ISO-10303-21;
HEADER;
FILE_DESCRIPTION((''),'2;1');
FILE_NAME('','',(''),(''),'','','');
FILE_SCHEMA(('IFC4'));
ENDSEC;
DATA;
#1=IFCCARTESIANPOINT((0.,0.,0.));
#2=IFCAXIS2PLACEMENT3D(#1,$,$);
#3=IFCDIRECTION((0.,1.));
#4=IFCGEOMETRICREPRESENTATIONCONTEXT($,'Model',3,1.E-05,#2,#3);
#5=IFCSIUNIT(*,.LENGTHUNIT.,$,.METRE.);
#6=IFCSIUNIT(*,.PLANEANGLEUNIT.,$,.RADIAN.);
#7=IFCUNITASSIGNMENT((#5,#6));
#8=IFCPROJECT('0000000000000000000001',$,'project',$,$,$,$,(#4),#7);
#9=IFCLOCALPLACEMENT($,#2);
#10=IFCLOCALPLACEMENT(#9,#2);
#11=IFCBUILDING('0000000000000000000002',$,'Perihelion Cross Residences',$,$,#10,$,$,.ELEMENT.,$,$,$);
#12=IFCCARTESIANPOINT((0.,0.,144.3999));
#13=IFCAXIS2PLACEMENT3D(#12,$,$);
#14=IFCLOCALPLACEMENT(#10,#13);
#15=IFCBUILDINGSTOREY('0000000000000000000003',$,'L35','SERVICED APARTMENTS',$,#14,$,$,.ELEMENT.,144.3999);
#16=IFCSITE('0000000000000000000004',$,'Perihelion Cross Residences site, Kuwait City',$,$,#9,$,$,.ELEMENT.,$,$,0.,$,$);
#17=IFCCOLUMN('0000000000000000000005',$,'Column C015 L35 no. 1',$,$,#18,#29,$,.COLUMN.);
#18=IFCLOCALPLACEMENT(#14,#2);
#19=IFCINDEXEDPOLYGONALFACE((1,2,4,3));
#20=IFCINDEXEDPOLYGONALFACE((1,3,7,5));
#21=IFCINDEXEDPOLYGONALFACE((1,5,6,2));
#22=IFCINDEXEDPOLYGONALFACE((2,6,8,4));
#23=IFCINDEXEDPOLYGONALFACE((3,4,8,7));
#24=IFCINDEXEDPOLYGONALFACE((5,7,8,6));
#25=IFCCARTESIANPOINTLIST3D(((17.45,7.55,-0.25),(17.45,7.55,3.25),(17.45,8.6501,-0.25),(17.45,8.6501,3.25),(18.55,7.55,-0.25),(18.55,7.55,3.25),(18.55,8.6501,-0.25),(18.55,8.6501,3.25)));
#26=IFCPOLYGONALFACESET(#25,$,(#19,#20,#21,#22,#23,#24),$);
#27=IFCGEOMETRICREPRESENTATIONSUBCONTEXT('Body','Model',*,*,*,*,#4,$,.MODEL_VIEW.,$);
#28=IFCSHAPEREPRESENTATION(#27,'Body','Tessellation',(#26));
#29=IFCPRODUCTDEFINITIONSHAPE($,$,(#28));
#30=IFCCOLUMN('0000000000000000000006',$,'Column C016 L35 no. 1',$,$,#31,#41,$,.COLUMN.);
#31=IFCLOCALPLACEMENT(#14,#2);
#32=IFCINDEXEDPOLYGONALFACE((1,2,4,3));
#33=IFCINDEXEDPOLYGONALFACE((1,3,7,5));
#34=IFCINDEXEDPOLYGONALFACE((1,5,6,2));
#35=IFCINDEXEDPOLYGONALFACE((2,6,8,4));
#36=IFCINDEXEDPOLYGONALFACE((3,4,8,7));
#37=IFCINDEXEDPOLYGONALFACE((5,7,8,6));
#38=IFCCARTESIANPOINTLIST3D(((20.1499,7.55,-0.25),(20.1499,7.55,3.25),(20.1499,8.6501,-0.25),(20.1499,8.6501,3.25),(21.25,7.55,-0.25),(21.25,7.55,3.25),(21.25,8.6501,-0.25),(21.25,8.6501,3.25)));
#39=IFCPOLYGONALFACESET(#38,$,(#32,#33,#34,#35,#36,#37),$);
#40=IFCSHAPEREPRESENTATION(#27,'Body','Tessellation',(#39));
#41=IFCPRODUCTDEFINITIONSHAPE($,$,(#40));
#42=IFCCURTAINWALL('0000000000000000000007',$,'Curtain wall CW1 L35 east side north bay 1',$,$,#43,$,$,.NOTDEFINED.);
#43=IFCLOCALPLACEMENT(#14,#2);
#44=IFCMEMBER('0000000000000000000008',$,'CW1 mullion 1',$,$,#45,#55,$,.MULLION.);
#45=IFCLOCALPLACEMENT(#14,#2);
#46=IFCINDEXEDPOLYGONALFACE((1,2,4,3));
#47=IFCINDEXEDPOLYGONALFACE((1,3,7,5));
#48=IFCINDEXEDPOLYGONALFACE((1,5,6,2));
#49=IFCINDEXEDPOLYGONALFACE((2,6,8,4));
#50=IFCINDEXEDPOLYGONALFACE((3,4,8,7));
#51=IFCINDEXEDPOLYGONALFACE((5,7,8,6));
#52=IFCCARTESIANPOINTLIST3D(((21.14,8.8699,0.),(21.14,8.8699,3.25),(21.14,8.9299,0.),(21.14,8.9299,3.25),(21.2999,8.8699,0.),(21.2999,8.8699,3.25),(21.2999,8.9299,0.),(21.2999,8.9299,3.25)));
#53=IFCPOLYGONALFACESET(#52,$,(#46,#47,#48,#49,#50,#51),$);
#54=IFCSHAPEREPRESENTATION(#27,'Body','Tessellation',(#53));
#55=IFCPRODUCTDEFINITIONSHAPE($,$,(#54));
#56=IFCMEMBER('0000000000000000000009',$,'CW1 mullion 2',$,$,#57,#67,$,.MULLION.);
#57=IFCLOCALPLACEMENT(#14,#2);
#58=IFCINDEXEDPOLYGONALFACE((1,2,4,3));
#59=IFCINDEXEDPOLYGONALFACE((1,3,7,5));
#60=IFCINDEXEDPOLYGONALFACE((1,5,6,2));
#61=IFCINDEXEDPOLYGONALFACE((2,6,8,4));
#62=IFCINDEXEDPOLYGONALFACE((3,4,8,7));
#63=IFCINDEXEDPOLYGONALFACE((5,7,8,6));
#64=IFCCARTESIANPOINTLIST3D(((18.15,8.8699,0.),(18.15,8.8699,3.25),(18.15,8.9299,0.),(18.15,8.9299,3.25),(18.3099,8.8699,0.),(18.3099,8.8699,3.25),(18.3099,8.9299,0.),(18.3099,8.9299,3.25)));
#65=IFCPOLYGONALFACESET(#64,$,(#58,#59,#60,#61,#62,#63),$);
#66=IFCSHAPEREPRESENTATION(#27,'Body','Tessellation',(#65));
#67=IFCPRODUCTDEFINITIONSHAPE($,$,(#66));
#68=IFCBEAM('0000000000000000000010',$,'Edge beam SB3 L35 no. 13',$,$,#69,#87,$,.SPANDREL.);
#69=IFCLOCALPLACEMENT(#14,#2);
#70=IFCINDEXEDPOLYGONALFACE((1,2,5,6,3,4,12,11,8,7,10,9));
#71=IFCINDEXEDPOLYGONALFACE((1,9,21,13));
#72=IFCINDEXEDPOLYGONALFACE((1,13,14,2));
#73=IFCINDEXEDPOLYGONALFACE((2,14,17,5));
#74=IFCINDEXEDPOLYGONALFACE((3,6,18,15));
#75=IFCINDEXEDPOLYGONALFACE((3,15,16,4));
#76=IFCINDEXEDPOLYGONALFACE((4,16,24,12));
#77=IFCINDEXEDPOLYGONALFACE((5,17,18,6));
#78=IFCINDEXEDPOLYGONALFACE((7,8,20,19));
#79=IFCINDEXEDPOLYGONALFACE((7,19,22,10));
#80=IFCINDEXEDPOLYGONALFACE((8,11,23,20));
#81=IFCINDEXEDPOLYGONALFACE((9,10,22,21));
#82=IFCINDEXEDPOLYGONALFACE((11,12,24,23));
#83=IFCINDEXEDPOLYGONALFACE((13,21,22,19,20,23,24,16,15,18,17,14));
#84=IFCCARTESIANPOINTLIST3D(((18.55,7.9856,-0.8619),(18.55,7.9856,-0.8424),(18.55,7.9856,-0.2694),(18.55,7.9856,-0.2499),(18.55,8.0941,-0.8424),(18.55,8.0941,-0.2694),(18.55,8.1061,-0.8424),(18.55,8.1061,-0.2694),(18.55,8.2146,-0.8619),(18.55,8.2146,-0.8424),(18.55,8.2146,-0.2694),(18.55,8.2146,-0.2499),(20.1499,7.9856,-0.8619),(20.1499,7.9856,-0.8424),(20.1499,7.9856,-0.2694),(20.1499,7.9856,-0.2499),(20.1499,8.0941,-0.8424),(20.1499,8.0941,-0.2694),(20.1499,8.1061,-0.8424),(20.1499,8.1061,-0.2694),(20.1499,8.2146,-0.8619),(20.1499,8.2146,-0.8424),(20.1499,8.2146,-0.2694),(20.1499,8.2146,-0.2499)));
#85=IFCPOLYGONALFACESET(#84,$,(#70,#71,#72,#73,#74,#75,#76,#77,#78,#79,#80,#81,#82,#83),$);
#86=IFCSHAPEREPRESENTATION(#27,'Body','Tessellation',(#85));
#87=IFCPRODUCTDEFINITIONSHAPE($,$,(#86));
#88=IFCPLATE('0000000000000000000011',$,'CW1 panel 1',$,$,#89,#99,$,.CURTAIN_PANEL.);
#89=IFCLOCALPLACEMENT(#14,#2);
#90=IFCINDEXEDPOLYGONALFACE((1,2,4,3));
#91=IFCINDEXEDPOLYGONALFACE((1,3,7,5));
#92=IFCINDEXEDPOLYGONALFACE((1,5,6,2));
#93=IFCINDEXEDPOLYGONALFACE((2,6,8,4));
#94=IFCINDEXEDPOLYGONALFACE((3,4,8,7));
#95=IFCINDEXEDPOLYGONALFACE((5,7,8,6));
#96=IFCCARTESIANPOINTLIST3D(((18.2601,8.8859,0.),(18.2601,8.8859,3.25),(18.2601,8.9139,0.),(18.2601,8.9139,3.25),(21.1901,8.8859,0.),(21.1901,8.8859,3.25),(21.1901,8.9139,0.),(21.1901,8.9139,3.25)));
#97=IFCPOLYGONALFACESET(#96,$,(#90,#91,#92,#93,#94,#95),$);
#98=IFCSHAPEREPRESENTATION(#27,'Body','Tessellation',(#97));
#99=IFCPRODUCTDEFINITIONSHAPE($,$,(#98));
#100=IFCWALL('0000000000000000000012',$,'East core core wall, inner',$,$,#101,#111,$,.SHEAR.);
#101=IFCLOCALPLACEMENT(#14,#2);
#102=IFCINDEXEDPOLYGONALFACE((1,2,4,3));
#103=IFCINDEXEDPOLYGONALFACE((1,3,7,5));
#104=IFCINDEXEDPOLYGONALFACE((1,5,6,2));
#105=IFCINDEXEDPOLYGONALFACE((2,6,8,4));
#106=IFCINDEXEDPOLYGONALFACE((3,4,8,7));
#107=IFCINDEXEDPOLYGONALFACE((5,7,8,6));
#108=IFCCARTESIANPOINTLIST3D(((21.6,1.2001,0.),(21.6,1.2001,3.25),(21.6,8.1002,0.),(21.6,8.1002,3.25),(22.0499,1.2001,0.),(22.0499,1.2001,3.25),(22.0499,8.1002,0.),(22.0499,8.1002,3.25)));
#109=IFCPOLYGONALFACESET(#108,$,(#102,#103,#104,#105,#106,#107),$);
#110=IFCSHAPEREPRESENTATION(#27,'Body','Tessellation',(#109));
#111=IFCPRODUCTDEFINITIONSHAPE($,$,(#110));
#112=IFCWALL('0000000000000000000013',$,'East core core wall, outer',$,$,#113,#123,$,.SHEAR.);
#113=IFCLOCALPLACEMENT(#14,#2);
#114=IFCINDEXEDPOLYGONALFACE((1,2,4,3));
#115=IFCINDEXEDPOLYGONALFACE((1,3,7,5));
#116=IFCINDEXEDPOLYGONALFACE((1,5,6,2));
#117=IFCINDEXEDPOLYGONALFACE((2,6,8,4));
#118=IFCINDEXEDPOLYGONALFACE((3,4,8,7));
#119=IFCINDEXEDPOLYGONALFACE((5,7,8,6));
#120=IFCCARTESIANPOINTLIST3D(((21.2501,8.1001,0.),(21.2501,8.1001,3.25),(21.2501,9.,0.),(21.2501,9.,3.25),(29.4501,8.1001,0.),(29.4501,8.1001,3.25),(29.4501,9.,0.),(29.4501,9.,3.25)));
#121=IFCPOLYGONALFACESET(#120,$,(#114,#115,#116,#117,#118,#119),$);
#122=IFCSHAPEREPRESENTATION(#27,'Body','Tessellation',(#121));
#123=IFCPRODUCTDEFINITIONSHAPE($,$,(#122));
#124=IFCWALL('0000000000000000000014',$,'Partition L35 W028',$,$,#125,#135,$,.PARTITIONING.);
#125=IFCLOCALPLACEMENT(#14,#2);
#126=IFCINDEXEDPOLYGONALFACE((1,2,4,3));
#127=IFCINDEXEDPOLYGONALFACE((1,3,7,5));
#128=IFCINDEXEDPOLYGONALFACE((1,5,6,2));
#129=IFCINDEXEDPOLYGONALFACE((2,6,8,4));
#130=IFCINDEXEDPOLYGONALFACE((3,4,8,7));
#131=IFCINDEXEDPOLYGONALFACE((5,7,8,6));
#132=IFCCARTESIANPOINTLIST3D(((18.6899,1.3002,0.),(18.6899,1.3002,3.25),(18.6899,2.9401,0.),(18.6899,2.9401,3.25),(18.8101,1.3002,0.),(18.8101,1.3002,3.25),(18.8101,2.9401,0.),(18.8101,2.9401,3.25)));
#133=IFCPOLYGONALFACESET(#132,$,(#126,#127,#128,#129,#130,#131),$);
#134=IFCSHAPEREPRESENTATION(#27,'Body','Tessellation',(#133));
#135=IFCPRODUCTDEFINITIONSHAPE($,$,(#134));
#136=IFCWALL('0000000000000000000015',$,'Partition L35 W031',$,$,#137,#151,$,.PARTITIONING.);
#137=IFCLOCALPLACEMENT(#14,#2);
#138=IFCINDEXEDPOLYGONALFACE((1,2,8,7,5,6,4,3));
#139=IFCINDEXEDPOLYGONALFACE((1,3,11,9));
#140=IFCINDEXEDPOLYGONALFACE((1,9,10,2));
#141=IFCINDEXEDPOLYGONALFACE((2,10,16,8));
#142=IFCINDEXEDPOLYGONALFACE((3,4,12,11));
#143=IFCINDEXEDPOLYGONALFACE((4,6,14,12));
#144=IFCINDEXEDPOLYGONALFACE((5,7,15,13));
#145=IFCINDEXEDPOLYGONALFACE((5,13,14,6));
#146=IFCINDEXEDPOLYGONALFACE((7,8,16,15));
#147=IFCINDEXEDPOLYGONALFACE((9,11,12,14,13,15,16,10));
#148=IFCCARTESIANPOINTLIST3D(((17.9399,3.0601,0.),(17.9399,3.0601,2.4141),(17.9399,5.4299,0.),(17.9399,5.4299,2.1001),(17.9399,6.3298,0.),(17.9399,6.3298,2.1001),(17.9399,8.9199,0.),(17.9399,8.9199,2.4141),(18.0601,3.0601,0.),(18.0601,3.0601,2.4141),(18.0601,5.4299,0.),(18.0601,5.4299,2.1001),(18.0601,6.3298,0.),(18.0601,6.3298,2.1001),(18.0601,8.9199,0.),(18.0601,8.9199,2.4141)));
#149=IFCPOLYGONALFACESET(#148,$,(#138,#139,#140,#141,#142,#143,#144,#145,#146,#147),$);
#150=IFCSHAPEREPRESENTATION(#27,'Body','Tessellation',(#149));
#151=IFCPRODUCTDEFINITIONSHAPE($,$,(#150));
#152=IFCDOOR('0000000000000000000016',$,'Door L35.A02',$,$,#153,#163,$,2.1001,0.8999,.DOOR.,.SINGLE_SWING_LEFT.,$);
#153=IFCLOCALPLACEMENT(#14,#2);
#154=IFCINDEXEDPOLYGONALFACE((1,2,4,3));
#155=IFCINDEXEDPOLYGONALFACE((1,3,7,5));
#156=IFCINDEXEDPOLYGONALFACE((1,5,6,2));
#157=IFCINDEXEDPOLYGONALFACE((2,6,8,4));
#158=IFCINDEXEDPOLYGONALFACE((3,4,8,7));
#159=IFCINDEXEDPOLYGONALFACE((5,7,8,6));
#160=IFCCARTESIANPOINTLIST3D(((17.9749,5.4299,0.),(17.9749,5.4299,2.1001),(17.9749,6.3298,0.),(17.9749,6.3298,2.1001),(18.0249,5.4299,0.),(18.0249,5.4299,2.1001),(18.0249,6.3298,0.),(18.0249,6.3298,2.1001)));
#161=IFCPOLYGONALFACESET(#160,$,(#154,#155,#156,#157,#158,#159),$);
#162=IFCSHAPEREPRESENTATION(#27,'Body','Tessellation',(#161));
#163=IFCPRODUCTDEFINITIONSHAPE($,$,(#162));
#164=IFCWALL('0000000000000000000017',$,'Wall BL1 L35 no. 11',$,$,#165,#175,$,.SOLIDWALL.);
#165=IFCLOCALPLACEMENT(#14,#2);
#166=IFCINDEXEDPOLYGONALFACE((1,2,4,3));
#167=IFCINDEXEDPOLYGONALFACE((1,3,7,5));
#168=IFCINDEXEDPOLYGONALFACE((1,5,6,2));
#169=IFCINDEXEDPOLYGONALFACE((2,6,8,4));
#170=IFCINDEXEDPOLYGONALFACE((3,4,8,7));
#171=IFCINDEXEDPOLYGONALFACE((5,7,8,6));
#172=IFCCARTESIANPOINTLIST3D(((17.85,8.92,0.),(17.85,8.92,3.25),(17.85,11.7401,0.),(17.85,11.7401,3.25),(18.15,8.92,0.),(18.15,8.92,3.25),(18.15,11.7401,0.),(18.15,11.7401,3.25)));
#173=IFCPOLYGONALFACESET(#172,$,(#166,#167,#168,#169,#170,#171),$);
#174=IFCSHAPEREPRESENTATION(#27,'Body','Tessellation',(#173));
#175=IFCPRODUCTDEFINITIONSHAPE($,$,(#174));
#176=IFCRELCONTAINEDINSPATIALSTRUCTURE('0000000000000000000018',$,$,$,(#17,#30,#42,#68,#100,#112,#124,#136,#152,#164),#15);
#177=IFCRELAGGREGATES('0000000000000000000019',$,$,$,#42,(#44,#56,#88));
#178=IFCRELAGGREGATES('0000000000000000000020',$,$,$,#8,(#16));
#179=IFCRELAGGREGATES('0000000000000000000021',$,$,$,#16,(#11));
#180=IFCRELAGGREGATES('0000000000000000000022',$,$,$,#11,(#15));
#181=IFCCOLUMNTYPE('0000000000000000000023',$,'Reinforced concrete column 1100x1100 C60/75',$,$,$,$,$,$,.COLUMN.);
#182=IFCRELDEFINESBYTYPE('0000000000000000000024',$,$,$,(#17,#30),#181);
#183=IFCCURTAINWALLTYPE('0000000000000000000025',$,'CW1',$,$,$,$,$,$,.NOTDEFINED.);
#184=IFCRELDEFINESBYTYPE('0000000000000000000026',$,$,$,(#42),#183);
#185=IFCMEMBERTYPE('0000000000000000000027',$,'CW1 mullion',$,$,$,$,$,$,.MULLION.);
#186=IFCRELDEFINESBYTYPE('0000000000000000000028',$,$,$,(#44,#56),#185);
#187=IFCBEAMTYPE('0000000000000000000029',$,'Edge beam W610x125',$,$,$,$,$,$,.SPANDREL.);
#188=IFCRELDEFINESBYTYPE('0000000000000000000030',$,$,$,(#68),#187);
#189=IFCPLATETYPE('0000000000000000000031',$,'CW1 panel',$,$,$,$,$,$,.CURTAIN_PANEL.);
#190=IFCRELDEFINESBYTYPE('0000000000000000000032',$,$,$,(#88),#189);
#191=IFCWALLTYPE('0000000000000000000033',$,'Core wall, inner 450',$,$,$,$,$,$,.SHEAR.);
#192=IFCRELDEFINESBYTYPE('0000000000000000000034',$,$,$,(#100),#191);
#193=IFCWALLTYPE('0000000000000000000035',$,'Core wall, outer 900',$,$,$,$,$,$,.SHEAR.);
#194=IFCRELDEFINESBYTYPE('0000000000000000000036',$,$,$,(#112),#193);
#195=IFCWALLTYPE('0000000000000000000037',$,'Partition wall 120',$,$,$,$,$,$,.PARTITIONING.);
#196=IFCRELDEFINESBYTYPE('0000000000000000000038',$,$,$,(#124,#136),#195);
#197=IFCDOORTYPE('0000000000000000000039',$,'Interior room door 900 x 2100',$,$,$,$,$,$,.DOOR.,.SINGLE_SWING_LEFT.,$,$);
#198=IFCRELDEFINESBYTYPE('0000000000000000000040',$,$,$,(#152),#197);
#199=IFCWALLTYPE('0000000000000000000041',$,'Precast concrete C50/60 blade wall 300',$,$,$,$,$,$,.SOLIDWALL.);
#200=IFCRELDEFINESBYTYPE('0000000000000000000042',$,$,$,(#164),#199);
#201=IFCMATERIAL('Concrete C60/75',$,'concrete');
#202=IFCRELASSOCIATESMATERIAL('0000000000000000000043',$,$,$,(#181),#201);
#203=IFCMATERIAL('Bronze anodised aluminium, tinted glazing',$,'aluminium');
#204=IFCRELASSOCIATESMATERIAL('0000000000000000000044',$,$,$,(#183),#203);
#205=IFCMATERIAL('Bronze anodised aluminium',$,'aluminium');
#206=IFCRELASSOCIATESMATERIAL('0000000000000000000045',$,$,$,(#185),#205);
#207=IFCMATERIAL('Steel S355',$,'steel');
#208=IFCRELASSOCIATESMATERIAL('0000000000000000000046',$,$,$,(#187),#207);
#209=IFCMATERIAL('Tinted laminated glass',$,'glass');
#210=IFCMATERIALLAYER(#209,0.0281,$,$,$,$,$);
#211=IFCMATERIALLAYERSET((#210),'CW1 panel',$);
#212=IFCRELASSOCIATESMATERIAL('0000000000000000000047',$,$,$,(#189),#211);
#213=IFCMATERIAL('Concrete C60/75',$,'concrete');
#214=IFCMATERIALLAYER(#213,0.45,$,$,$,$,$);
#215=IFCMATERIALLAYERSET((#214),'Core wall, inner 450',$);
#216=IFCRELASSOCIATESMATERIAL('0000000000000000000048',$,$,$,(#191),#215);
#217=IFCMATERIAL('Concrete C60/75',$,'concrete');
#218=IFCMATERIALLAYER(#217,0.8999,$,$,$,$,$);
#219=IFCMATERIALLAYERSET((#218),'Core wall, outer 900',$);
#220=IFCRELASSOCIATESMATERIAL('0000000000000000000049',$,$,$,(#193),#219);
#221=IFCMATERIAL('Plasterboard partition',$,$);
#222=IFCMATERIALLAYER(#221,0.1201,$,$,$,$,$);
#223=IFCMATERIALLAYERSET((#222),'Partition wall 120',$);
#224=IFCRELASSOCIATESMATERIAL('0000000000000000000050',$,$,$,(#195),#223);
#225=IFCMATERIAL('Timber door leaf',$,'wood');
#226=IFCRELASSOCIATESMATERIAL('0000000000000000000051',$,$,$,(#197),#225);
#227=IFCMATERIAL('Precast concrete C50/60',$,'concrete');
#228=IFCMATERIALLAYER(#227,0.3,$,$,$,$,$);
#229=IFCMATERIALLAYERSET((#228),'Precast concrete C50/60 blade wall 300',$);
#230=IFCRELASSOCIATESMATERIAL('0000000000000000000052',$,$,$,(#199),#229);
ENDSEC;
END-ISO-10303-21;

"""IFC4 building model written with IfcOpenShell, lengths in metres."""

from ifc_helpers import new_model, si_unit, direction, frame, frame_2d, origin, origin_2d, place, context, subcontext, project, spatial, rectangle, i_section, extrude, material, layer, layer_set, material_profile, profile_set, type_object, element, fill, aggregate, save


model = new_model("IFC4")

# Units and contexts
model_context = context("Model", 3, precision=1e-05, world=origin(), true_north=direction((0.0, 1.0)))
body_context = subcontext(model_context, "Body", "Model", "MODEL_VIEW")
ifc_project = project(units=[si_unit("LENGTHUNIT", "METRE"), si_unit("PLANEANGLEUNIT", "RADIAN")], contexts=[model_context])

# Site, building, storey
site_placement = place(None, origin())
site = spatial("IfcSite", under=ifc_project, at=site_placement, Name="Perihelion Cross Residences site, Kuwait City", CompositionType="ELEMENT", RefElevation=0.0)
building_placement = place(site_placement, origin())
building = spatial("IfcBuilding", under=site, at=building_placement, Name="Perihelion Cross Residences", CompositionType="ELEMENT")
storey_placement = place(building_placement, frame((0.0, 0.0, 144.3999)))
storey = spatial("IfcBuildingStorey", under=building, at=storey_placement, Name="L35", Description="SERVICED APARTMENTS", CompositionType="ELEMENT", Elevation=144.3999)

# Columns
ifc_material_1 = material(Name="Concrete C60/75", Category="concrete")
ifc_material_profile_1 = material_profile(ifc_material_1, rectangle(XDim=1.1001, YDim=1.1001, at=origin_2d()), Name="RC 1100x1100")
ifc_profile_set_1 = profile_set([ifc_material_profile_1], Name="Concrete C60/75")
column_type = type_object("IfcColumnType", Name="Reinforced concrete column 1100x1100 C60/75", PredefinedType="COLUMN", material=ifc_profile_set_1)
for number, where, z_axis, x_axis, name in (
    (1, (18.0, 8.1001, -0.25), (0.0, 0.0, 1.0), (1.0, 0.0, 0.0), "Column C015 L35 no. 1"),
    (2, (20.7, 8.1001, -0.25), (0.0, 0.0, 1.0), (1.0, 0.0, 0.0), "Column C016 L35 no. 1"),
):
    element("IfcColumn", number, at=place(storey_placement, frame(where, z_axis=z_axis, x_axis=x_axis)), inside=storey, type_object=column_type, Name=name, PredefinedType="COLUMN", context=body_context, shape_type="SweptSolid", body=[
        extrude(rectangle(XDim=1.1001, YDim=1.1001, at=origin_2d()), origin(), (0.0, 0.0, 1.0), 3.5),
    ])

# Curtain wall, members
ifc_material_2 = material(Name="Bronze anodised aluminium, tinted glazing", Category="aluminium")
curtain_wall_type = type_object("IfcCurtainWallType", Name="CW1", PredefinedType="NOTDEFINED", material=ifc_material_2)
curtain_wall_placement = place(storey_placement, origin())
curtain_wall = element("IfcCurtainWall", 3, at=curtain_wall_placement, inside=storey, type_object=curtain_wall_type, Name="Curtain wall CW1 L35 east side north bay 1", PredefinedType="NOTDEFINED")
ifc_material_3 = material(Name="Bronze anodised aluminium", Category="aluminium")
ifc_material_profile_2 = material_profile(ifc_material_3, rectangle(XDim=0.0601, YDim=0.1599, at=origin_2d()), Name="CW1 mullion")
ifc_profile_set_2 = profile_set([ifc_material_profile_2], Name="Bronze anodised aluminium")
member_type = type_object("IfcMemberType", Name="CW1 mullion", PredefinedType="MULLION", material=ifc_profile_set_2)
member_1_placement = place(storey_placement, frame((21.22, 8.8999, 0.0), z_axis=(0.0, 0.0, 1.0), x_axis=(0.0, -1.0, 0.0)))
member_1 = element("IfcMember", 4, at=member_1_placement, type_object=member_type, Name="CW1 mullion 1", PredefinedType="MULLION", context=body_context, shape_type="SweptSolid", body=[
    extrude(rectangle(XDim=0.0601, YDim=0.1599, at=origin_2d()), origin(), (0.0, 0.0, 1.0), 3.25),
])
member_2_placement = place(storey_placement, frame((18.23, 8.8999, 0.0), z_axis=(0.0, 0.0, 1.0), x_axis=(0.0, -1.0, 0.0)))
member_2 = element("IfcMember", 5, at=member_2_placement, type_object=member_type, Name="CW1 mullion 2", PredefinedType="MULLION", context=body_context, shape_type="SweptSolid", body=[
    extrude(rectangle(XDim=0.0601, YDim=0.1599, at=origin_2d()), origin(), (0.0, 0.0, 1.0), 3.25),
])

# Beam
ifc_material_4 = material(Name="Steel S355", Category="steel")
ifc_material_profile_3 = material_profile(ifc_material_4, i_section(OverallWidth=0.229, OverallDepth=0.6121, WebThickness=0.012, FlangeThickness=0.0195, at=origin_2d()), Name="W610x125")
ifc_profile_set_3 = profile_set([ifc_material_profile_3], Name="Steel S355")
beam_type = type_object("IfcBeamType", Name="Edge beam W610x125", PredefinedType="SPANDREL", material=ifc_profile_set_3)
beam_placement = place(storey_placement, frame((20.1499, 8.1001, -0.5559), z_axis=(-1.0, 0.0, 0.0), x_axis=(0.0, -1.0, 0.0)))
element("IfcBeam", 6, at=beam_placement, inside=storey, type_object=beam_type, Name="Edge beam SB3 L35 no. 13", PredefinedType="SPANDREL", context=body_context, shape_type="SweptSolid", body=[
    extrude(i_section(OverallWidth=0.229, OverallDepth=0.6121, WebThickness=0.012, FlangeThickness=0.0195, at=origin_2d()), origin(), (0.0, 0.0, 1.0), 1.5999),
])

# Plate
ifc_material_5 = material(Name="Tinted laminated glass", Category="glass")
ifc_layer_1 = layer(ifc_material_5, 0.0281)
ifc_layer_set_1 = layer_set([ifc_layer_1], Name="CW1 panel")
plate_type = type_object("IfcPlateType", Name="CW1 panel", PredefinedType="CURTAIN_PANEL", material=ifc_layer_set_1)
plate_placement = place(storey_placement, frame((19.7251, 8.8999, 0.0), z_axis=(0.0, 0.0, 1.0), x_axis=(-1.0, 0.0, 0.0)))
plate = element("IfcPlate", 7, at=plate_placement, type_object=plate_type, Name="CW1 panel 1", PredefinedType="CURTAIN_PANEL", context=body_context, shape_type="SweptSolid", body=[
    extrude(rectangle(XDim=2.9299, YDim=0.0281, at=origin_2d()), origin(), (0.0, 0.0, 1.0), 3.25),
])
aggregate(curtain_wall, [member_1, member_2, plate])

# Walls
ifc_material_6 = material(Name="Concrete C60/75", Category="concrete")
ifc_layer_2 = layer(ifc_material_6, 0.45)
ifc_layer_set_2 = layer_set([ifc_layer_2], Name="Core wall, inner 450")
wall_type_1 = type_object("IfcWallType", Name="Core wall, inner 450", PredefinedType="SHEAR", material=ifc_layer_set_2)
wall_1_placement = place(storey_placement, frame((21.825, 1.2, 0.0), z_axis=(0.0, 0.0, 1.0), x_axis=(0.0, 1.0, 0.0)))
element("IfcWall", 8, at=wall_1_placement, inside=storey, type_object=wall_type_1, Name="East core core wall, inner", PredefinedType="SHEAR", context=body_context, shape_type="SweptSolid", body=[
    extrude(rectangle(XDim=6.9001, YDim=0.45, at=frame_2d((3.4502, 0.0))), origin(), (0.0, 0.0, 1.0), 3.25),
])
ifc_material_7 = material(Name="Concrete C60/75", Category="concrete")
ifc_layer_3 = layer(ifc_material_7, 0.8999)
ifc_layer_set_3 = layer_set([ifc_layer_3], Name="Core wall, outer 900")
wall_type_2 = type_object("IfcWallType", Name="Core wall, outer 900", PredefinedType="SHEAR", material=ifc_layer_set_3)
wall_2_placement = place(storey_placement, frame((21.25, 8.55, 0.0), z_axis=(0.0, 0.0, 1.0), x_axis=(1.0, 0.0, 0.0)))
element("IfcWall", 9, at=wall_2_placement, inside=storey, type_object=wall_type_2, Name="East core core wall, outer", PredefinedType="SHEAR", context=body_context, shape_type="SweptSolid", body=[
    extrude(rectangle(XDim=8.2, YDim=0.8999, at=frame_2d((4.1001, 0.0))), origin(), (0.0, 0.0, 1.0), 3.25),
])
ifc_material_8 = material(Name="Plasterboard partition")
ifc_layer_4 = layer(ifc_material_8, 0.1201)
ifc_layer_set_4 = layer_set([ifc_layer_4], Name="Partition wall 120")
wall_type_3 = type_object("IfcWallType", Name="Partition wall 120", PredefinedType="PARTITIONING", material=ifc_layer_set_4)
wall_3_placement = place(storey_placement, frame((18.75, 2.9399, 0.0), z_axis=(0.0, 0.0, 1.0), x_axis=(0.0, -1.0, 0.0)))
element("IfcWall", 10, at=wall_3_placement, inside=storey, type_object=wall_type_3, Name="Partition L35 W028", PredefinedType="PARTITIONING", context=body_context, shape_type="SweptSolid", body=[
    extrude(rectangle(XDim=1.6399, YDim=0.1201, at=frame_2d((0.8198, 0.0))), origin(), (0.0, 0.0, 1.0), 3.25),
])

# Wall, opening, door
wall_4_placement = place(storey_placement, frame((18.0, 8.9199, 0.0), z_axis=(0.0, 0.0, 1.0), x_axis=(0.0, -1.0, 0.0)))
wall_4 = element("IfcWall", 11, at=wall_4_placement, inside=storey, type_object=wall_type_3, Name="Partition L35 W031", PredefinedType="PARTITIONING", context=body_context, shape_type="SweptSolid", body=[
    extrude(rectangle(XDim=5.8599, YDim=0.1201, at=frame_2d((2.9299, 0.0))), origin(), (0.0, 0.0, 1.0), 2.4141),
])
opening_1_placement = place(wall_4_placement, frame((2.5901, 0.0, 0.0)))
opening_1 = element("IfcOpeningElement", 12, at=opening_1_placement, cuts=wall_4, PredefinedType="OPENING", context=body_context, shape_type="SweptSolid", body=[
    extrude(rectangle(XDim=0.8999, YDim=2.1001, at=frame_2d((0.45, 1.05))), frame((0.0, 0.0701, 0.0), z_axis=(0.0, -1.0, 0.0), x_axis=(1.0, 0.0, 0.0)), (0.0, 0.0, 1.0), 0.1401),
])
ifc_material_9 = material(Name="Timber door leaf", Category="wood")
door_type_1 = type_object("IfcDoorType", Name="Interior room door 900 x 2100", OperationType="SINGLE_SWING_LEFT", PredefinedType="DOOR", material=ifc_material_9)
door_1_placement = place(opening_1_placement, origin())
door_1 = element("IfcDoor", 13, at=door_1_placement, inside=storey, type_object=door_type_1, Name="Door L35.A02", OperationType="SINGLE_SWING_LEFT", OverallHeight=2.1001, OverallWidth=0.8999, PredefinedType="DOOR", context=body_context, shape_type="SweptSolid", body=[
    extrude(rectangle(XDim=0.8999, YDim=2.1001, at=frame_2d((0.45, 1.05))), frame((0.0, 0.0249, 0.0), z_axis=(0.0, -1.0, 0.0), x_axis=(1.0, 0.0, 0.0)), (0.0, 0.0, 1.0), 0.05),
])
fill(opening_1, door_1)

# Wall
ifc_material_10 = material(Name="Precast concrete C50/60", Category="concrete")
ifc_layer_5 = layer(ifc_material_10, 0.3)
ifc_layer_set_5 = layer_set([ifc_layer_5], Name="Precast concrete C50/60 blade wall 300")
wall_type_4 = type_object("IfcWallType", Name="Precast concrete C50/60 blade wall 300", PredefinedType="SOLIDWALL", material=ifc_layer_set_5)
wall_5_placement = place(storey_placement, frame((18.0, 8.9199, 0.0), z_axis=(0.0, 0.0, 1.0), x_axis=(0.0, 1.0, 0.0)))
element("IfcWall", 14, at=wall_5_placement, inside=storey, type_object=wall_type_4, Name="Wall BL1 L35 no. 11", PredefinedType="SOLIDWALL", context=body_context, shape_type="SweptSolid", body=[
    extrude(rectangle(XDim=2.8201, YDim=0.3, at=frame_2d((1.4102, 0.0))), origin(), (0.0, 0.0, 1.0), 3.25),
])

save(model, "model.ifc")
